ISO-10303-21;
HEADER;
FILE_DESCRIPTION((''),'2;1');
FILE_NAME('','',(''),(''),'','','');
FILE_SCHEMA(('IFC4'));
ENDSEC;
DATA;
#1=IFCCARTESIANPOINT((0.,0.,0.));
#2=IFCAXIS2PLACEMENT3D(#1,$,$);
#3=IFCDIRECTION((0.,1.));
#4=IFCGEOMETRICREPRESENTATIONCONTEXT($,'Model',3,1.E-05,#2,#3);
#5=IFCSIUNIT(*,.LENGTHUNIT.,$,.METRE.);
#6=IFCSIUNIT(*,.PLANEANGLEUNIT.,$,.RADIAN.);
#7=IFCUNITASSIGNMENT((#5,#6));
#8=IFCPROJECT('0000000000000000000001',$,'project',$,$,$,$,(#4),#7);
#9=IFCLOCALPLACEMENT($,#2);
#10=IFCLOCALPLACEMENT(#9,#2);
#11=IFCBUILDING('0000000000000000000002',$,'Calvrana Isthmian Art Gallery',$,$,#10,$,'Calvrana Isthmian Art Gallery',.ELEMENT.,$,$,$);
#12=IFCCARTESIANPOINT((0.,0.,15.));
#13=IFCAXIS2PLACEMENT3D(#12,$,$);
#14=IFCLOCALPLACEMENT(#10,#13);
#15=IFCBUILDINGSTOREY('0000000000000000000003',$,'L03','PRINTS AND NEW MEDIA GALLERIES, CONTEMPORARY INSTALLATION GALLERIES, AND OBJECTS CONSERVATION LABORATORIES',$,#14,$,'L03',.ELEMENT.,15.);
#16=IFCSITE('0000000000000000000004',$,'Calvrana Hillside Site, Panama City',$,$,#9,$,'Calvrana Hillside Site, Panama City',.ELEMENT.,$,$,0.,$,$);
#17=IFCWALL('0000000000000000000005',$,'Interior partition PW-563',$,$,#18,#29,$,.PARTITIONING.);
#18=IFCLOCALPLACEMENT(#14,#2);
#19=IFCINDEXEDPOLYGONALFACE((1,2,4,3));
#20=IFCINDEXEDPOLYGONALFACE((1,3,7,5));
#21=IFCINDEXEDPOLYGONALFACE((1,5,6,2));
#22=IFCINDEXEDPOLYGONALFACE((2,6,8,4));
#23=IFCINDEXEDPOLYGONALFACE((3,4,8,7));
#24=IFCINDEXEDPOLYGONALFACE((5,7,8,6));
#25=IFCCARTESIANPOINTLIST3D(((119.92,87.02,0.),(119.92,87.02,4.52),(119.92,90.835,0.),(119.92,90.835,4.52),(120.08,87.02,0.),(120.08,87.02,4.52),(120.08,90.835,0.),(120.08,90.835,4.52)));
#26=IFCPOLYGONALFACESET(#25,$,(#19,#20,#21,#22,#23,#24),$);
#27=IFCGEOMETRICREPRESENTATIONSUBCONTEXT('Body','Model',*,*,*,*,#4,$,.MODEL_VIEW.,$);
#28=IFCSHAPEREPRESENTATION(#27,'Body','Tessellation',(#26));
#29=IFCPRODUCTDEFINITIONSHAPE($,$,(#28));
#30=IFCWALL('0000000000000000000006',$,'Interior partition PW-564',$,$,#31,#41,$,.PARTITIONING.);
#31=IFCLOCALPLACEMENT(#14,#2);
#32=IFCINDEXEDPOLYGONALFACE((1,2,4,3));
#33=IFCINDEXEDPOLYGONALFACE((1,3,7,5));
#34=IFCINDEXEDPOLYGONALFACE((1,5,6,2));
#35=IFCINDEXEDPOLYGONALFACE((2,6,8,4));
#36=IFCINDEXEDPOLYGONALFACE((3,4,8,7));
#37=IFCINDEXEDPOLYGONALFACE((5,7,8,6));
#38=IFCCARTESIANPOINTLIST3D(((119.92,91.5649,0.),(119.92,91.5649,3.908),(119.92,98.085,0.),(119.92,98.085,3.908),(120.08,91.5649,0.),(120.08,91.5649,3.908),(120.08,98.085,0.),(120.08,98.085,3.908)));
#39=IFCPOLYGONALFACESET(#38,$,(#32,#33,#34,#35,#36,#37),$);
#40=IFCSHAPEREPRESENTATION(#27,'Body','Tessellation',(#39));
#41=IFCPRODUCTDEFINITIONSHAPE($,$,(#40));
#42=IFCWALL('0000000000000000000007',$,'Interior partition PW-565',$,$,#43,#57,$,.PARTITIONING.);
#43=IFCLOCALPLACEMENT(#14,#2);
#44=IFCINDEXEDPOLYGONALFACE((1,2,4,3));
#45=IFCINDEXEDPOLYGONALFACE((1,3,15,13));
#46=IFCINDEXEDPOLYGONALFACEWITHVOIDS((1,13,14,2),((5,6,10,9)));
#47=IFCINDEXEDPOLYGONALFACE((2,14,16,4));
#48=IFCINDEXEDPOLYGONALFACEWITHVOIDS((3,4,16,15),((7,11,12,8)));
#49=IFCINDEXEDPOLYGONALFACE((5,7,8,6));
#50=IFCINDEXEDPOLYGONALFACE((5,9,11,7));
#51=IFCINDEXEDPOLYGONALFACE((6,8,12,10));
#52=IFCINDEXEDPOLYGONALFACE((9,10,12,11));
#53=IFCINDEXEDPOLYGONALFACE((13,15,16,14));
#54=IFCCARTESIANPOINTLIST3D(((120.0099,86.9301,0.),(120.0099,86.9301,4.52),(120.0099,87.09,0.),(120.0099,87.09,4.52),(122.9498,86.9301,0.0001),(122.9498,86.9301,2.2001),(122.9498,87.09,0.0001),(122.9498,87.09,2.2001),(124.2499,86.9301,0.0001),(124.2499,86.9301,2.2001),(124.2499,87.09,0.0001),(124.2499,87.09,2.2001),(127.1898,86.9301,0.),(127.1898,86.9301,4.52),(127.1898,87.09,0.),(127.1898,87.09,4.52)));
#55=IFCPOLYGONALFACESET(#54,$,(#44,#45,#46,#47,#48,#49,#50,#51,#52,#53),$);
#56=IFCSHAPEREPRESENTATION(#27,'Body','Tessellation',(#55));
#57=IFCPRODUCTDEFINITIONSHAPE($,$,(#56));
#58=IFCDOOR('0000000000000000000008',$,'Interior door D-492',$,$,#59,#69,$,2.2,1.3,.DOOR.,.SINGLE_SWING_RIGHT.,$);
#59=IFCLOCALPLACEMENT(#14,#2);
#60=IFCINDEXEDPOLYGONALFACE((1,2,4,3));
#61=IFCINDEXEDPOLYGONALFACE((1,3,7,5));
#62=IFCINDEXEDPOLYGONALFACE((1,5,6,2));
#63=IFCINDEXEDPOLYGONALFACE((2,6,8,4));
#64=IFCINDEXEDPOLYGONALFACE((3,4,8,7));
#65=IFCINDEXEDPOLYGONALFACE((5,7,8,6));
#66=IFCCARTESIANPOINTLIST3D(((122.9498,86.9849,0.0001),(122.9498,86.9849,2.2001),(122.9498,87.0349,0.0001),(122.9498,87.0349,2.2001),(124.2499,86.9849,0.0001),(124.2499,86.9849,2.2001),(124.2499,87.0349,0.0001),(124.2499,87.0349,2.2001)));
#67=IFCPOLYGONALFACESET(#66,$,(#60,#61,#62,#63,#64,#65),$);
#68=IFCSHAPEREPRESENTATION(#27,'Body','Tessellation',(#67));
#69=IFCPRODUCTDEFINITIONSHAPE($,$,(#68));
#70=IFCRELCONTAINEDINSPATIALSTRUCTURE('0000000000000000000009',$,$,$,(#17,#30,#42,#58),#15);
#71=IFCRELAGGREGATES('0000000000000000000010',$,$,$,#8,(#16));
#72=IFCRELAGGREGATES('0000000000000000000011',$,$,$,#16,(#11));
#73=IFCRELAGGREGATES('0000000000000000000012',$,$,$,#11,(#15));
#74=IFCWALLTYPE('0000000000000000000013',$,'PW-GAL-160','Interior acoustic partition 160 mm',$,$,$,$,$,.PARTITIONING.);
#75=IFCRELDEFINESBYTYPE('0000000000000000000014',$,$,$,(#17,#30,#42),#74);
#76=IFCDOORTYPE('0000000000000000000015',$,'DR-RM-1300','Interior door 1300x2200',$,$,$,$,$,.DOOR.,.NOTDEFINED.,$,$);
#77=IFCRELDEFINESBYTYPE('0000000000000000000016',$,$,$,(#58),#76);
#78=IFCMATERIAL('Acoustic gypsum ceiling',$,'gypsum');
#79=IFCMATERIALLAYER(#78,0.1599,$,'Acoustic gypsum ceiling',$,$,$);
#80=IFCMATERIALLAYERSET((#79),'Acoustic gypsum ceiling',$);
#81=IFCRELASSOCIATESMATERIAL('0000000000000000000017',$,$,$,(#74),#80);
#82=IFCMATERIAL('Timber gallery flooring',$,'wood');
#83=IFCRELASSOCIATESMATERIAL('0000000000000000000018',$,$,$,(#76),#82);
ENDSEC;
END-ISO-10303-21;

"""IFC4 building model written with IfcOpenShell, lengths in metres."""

from ifc_helpers import new_model, si_unit, direction, frame, frame_2d, origin, place, context, subcontext, project, spatial, rectangle, extrude, material, layer, layer_set, type_object, element, fill, save


model = new_model("IFC4")

# Units and contexts
model_context = context("Model", 3, precision=1e-05, world=origin(), true_north=direction((0.0, 1.0)))
body_context = subcontext(model_context, "Body", "Model", "MODEL_VIEW")
ifc_project = project(units=[si_unit("LENGTHUNIT", "METRE"), si_unit("PLANEANGLEUNIT", "RADIAN")], contexts=[model_context])

# Site, building, storey
site_placement = place(None, origin())
site = spatial("IfcSite", under=ifc_project, at=site_placement, Name="Calvrana Hillside Site, Panama City", LongName="Calvrana Hillside Site, Panama City", CompositionType="ELEMENT", RefElevation=0.0)
building_placement = place(site_placement, origin())
building = spatial("IfcBuilding", under=site, at=building_placement, Name="Calvrana Isthmian Art Gallery", LongName="Calvrana Isthmian Art Gallery", CompositionType="ELEMENT")
storey_placement = place(building_placement, frame((0.0, 0.0, 15.0)))
storey = spatial("IfcBuildingStorey", under=building, at=storey_placement, Name="L03", Description="PRINTS AND NEW MEDIA GALLERIES, CONTEMPORARY INSTALLATION GALLERIES, AND OBJECTS CONSERVATION LABORATORIES", LongName="L03", CompositionType="ELEMENT", Elevation=15.0)

# Shared definitions
ifc_material_1 = material(Name="Acoustic gypsum ceiling", Category="gypsum")
ifc_layer_1 = layer(ifc_material_1, 0.1599, Name="Acoustic gypsum ceiling")
ifc_layer_set_1 = layer_set([ifc_layer_1], Name="Acoustic gypsum ceiling")
wall_type_1 = type_object("IfcWallType", Name="PW-GAL-160", Description="Interior acoustic partition 160 mm", PredefinedType="PARTITIONING", material=ifc_layer_set_1)
ifc_material_2 = material(Name="Timber gallery flooring", Category="wood")

# Walls
wall_1_placement = place(storey_placement, frame((120.0, 87.02, 0.0), z_axis=(0.0, 0.0, 1.0), x_axis=(0.0, 1.0, 0.0)))
element("IfcWall", 1, at=wall_1_placement, inside=storey, type_object=wall_type_1, Name="Interior partition PW-563", PredefinedType="PARTITIONING", context=body_context, shape_type="SweptSolid", body=[
    extrude(rectangle(XDim=3.8149, YDim=0.1599, at=frame_2d((1.9075, 0.0))), origin(), (0.0, 0.0, 1.0), 4.52),
])
wall_2_placement = place(storey_placement, frame((120.0, 91.5649, 0.0), z_axis=(0.0, 0.0, 1.0), x_axis=(0.0, 1.0, 0.0)))
element("IfcWall", 2, at=wall_2_placement, inside=storey, type_object=wall_type_1, Name="Interior partition PW-564", PredefinedType="PARTITIONING", context=body_context, shape_type="SweptSolid", body=[
    extrude(rectangle(XDim=6.52, YDim=0.1599, at=frame_2d((3.26, 0.0))), origin(), (0.0, 0.0, 1.0), 3.908),
])

# Wall, opening, door
wall_3_placement = place(storey_placement, frame((120.01, 87.01, 0.0), z_axis=(0.0, 0.0, 1.0), x_axis=(1.0, 0.0, 0.0)))
wall_3 = element("IfcWall", 3, at=wall_3_placement, inside=storey, type_object=wall_type_1, Name="Interior partition PW-565", PredefinedType="PARTITIONING", context=body_context, shape_type="SweptSolid", body=[
    extrude(rectangle(XDim=7.1799, YDim=0.1599, at=frame_2d((3.5898, 0.0))), origin(), (0.0, 0.0, 1.0), 4.52),
])
opening_1_placement = place(wall_3_placement, frame((2.9399, 0.0, 0.0)))
opening_1 = element("IfcOpeningElement", 4, at=opening_1_placement, cuts=wall_3, PredefinedType="OPENING", context=body_context, shape_type="SweptSolid", body=[
    extrude(rectangle(XDim=1.3, YDim=2.2, at=frame_2d((0.6499, 1.1001))), frame((0.0, 0.0903, 0.0), z_axis=(0.0, -1.0, 0.0), x_axis=(1.0, 0.0, 0.0)), (0.0, 0.0, 1.0), 0.1804),
])
door_type_1 = type_object("IfcDoorType", Name="DR-RM-1300", Description="Interior door 1300x2200", OperationType="NOTDEFINED", PredefinedType="DOOR", material=ifc_material_2)
door_1_placement = place(opening_1_placement, origin())
door_1 = element("IfcDoor", 5, at=door_1_placement, inside=storey, type_object=door_type_1, Name="Interior door D-492", OperationType="SINGLE_SWING_RIGHT", OverallHeight=2.2, OverallWidth=1.3, PredefinedType="DOOR", context=body_context, shape_type="SweptSolid", body=[
    extrude(rectangle(XDim=1.3, YDim=2.2, at=frame_2d((0.6499, 1.1001))), frame((0.0, 0.0249, 0.0), z_axis=(0.0, -1.0, 0.0), x_axis=(1.0, 0.0, 0.0)), (0.0, 0.0, 1.0), 0.05),
])
fill(opening_1, door_1)

save(model, "model.ifc")
